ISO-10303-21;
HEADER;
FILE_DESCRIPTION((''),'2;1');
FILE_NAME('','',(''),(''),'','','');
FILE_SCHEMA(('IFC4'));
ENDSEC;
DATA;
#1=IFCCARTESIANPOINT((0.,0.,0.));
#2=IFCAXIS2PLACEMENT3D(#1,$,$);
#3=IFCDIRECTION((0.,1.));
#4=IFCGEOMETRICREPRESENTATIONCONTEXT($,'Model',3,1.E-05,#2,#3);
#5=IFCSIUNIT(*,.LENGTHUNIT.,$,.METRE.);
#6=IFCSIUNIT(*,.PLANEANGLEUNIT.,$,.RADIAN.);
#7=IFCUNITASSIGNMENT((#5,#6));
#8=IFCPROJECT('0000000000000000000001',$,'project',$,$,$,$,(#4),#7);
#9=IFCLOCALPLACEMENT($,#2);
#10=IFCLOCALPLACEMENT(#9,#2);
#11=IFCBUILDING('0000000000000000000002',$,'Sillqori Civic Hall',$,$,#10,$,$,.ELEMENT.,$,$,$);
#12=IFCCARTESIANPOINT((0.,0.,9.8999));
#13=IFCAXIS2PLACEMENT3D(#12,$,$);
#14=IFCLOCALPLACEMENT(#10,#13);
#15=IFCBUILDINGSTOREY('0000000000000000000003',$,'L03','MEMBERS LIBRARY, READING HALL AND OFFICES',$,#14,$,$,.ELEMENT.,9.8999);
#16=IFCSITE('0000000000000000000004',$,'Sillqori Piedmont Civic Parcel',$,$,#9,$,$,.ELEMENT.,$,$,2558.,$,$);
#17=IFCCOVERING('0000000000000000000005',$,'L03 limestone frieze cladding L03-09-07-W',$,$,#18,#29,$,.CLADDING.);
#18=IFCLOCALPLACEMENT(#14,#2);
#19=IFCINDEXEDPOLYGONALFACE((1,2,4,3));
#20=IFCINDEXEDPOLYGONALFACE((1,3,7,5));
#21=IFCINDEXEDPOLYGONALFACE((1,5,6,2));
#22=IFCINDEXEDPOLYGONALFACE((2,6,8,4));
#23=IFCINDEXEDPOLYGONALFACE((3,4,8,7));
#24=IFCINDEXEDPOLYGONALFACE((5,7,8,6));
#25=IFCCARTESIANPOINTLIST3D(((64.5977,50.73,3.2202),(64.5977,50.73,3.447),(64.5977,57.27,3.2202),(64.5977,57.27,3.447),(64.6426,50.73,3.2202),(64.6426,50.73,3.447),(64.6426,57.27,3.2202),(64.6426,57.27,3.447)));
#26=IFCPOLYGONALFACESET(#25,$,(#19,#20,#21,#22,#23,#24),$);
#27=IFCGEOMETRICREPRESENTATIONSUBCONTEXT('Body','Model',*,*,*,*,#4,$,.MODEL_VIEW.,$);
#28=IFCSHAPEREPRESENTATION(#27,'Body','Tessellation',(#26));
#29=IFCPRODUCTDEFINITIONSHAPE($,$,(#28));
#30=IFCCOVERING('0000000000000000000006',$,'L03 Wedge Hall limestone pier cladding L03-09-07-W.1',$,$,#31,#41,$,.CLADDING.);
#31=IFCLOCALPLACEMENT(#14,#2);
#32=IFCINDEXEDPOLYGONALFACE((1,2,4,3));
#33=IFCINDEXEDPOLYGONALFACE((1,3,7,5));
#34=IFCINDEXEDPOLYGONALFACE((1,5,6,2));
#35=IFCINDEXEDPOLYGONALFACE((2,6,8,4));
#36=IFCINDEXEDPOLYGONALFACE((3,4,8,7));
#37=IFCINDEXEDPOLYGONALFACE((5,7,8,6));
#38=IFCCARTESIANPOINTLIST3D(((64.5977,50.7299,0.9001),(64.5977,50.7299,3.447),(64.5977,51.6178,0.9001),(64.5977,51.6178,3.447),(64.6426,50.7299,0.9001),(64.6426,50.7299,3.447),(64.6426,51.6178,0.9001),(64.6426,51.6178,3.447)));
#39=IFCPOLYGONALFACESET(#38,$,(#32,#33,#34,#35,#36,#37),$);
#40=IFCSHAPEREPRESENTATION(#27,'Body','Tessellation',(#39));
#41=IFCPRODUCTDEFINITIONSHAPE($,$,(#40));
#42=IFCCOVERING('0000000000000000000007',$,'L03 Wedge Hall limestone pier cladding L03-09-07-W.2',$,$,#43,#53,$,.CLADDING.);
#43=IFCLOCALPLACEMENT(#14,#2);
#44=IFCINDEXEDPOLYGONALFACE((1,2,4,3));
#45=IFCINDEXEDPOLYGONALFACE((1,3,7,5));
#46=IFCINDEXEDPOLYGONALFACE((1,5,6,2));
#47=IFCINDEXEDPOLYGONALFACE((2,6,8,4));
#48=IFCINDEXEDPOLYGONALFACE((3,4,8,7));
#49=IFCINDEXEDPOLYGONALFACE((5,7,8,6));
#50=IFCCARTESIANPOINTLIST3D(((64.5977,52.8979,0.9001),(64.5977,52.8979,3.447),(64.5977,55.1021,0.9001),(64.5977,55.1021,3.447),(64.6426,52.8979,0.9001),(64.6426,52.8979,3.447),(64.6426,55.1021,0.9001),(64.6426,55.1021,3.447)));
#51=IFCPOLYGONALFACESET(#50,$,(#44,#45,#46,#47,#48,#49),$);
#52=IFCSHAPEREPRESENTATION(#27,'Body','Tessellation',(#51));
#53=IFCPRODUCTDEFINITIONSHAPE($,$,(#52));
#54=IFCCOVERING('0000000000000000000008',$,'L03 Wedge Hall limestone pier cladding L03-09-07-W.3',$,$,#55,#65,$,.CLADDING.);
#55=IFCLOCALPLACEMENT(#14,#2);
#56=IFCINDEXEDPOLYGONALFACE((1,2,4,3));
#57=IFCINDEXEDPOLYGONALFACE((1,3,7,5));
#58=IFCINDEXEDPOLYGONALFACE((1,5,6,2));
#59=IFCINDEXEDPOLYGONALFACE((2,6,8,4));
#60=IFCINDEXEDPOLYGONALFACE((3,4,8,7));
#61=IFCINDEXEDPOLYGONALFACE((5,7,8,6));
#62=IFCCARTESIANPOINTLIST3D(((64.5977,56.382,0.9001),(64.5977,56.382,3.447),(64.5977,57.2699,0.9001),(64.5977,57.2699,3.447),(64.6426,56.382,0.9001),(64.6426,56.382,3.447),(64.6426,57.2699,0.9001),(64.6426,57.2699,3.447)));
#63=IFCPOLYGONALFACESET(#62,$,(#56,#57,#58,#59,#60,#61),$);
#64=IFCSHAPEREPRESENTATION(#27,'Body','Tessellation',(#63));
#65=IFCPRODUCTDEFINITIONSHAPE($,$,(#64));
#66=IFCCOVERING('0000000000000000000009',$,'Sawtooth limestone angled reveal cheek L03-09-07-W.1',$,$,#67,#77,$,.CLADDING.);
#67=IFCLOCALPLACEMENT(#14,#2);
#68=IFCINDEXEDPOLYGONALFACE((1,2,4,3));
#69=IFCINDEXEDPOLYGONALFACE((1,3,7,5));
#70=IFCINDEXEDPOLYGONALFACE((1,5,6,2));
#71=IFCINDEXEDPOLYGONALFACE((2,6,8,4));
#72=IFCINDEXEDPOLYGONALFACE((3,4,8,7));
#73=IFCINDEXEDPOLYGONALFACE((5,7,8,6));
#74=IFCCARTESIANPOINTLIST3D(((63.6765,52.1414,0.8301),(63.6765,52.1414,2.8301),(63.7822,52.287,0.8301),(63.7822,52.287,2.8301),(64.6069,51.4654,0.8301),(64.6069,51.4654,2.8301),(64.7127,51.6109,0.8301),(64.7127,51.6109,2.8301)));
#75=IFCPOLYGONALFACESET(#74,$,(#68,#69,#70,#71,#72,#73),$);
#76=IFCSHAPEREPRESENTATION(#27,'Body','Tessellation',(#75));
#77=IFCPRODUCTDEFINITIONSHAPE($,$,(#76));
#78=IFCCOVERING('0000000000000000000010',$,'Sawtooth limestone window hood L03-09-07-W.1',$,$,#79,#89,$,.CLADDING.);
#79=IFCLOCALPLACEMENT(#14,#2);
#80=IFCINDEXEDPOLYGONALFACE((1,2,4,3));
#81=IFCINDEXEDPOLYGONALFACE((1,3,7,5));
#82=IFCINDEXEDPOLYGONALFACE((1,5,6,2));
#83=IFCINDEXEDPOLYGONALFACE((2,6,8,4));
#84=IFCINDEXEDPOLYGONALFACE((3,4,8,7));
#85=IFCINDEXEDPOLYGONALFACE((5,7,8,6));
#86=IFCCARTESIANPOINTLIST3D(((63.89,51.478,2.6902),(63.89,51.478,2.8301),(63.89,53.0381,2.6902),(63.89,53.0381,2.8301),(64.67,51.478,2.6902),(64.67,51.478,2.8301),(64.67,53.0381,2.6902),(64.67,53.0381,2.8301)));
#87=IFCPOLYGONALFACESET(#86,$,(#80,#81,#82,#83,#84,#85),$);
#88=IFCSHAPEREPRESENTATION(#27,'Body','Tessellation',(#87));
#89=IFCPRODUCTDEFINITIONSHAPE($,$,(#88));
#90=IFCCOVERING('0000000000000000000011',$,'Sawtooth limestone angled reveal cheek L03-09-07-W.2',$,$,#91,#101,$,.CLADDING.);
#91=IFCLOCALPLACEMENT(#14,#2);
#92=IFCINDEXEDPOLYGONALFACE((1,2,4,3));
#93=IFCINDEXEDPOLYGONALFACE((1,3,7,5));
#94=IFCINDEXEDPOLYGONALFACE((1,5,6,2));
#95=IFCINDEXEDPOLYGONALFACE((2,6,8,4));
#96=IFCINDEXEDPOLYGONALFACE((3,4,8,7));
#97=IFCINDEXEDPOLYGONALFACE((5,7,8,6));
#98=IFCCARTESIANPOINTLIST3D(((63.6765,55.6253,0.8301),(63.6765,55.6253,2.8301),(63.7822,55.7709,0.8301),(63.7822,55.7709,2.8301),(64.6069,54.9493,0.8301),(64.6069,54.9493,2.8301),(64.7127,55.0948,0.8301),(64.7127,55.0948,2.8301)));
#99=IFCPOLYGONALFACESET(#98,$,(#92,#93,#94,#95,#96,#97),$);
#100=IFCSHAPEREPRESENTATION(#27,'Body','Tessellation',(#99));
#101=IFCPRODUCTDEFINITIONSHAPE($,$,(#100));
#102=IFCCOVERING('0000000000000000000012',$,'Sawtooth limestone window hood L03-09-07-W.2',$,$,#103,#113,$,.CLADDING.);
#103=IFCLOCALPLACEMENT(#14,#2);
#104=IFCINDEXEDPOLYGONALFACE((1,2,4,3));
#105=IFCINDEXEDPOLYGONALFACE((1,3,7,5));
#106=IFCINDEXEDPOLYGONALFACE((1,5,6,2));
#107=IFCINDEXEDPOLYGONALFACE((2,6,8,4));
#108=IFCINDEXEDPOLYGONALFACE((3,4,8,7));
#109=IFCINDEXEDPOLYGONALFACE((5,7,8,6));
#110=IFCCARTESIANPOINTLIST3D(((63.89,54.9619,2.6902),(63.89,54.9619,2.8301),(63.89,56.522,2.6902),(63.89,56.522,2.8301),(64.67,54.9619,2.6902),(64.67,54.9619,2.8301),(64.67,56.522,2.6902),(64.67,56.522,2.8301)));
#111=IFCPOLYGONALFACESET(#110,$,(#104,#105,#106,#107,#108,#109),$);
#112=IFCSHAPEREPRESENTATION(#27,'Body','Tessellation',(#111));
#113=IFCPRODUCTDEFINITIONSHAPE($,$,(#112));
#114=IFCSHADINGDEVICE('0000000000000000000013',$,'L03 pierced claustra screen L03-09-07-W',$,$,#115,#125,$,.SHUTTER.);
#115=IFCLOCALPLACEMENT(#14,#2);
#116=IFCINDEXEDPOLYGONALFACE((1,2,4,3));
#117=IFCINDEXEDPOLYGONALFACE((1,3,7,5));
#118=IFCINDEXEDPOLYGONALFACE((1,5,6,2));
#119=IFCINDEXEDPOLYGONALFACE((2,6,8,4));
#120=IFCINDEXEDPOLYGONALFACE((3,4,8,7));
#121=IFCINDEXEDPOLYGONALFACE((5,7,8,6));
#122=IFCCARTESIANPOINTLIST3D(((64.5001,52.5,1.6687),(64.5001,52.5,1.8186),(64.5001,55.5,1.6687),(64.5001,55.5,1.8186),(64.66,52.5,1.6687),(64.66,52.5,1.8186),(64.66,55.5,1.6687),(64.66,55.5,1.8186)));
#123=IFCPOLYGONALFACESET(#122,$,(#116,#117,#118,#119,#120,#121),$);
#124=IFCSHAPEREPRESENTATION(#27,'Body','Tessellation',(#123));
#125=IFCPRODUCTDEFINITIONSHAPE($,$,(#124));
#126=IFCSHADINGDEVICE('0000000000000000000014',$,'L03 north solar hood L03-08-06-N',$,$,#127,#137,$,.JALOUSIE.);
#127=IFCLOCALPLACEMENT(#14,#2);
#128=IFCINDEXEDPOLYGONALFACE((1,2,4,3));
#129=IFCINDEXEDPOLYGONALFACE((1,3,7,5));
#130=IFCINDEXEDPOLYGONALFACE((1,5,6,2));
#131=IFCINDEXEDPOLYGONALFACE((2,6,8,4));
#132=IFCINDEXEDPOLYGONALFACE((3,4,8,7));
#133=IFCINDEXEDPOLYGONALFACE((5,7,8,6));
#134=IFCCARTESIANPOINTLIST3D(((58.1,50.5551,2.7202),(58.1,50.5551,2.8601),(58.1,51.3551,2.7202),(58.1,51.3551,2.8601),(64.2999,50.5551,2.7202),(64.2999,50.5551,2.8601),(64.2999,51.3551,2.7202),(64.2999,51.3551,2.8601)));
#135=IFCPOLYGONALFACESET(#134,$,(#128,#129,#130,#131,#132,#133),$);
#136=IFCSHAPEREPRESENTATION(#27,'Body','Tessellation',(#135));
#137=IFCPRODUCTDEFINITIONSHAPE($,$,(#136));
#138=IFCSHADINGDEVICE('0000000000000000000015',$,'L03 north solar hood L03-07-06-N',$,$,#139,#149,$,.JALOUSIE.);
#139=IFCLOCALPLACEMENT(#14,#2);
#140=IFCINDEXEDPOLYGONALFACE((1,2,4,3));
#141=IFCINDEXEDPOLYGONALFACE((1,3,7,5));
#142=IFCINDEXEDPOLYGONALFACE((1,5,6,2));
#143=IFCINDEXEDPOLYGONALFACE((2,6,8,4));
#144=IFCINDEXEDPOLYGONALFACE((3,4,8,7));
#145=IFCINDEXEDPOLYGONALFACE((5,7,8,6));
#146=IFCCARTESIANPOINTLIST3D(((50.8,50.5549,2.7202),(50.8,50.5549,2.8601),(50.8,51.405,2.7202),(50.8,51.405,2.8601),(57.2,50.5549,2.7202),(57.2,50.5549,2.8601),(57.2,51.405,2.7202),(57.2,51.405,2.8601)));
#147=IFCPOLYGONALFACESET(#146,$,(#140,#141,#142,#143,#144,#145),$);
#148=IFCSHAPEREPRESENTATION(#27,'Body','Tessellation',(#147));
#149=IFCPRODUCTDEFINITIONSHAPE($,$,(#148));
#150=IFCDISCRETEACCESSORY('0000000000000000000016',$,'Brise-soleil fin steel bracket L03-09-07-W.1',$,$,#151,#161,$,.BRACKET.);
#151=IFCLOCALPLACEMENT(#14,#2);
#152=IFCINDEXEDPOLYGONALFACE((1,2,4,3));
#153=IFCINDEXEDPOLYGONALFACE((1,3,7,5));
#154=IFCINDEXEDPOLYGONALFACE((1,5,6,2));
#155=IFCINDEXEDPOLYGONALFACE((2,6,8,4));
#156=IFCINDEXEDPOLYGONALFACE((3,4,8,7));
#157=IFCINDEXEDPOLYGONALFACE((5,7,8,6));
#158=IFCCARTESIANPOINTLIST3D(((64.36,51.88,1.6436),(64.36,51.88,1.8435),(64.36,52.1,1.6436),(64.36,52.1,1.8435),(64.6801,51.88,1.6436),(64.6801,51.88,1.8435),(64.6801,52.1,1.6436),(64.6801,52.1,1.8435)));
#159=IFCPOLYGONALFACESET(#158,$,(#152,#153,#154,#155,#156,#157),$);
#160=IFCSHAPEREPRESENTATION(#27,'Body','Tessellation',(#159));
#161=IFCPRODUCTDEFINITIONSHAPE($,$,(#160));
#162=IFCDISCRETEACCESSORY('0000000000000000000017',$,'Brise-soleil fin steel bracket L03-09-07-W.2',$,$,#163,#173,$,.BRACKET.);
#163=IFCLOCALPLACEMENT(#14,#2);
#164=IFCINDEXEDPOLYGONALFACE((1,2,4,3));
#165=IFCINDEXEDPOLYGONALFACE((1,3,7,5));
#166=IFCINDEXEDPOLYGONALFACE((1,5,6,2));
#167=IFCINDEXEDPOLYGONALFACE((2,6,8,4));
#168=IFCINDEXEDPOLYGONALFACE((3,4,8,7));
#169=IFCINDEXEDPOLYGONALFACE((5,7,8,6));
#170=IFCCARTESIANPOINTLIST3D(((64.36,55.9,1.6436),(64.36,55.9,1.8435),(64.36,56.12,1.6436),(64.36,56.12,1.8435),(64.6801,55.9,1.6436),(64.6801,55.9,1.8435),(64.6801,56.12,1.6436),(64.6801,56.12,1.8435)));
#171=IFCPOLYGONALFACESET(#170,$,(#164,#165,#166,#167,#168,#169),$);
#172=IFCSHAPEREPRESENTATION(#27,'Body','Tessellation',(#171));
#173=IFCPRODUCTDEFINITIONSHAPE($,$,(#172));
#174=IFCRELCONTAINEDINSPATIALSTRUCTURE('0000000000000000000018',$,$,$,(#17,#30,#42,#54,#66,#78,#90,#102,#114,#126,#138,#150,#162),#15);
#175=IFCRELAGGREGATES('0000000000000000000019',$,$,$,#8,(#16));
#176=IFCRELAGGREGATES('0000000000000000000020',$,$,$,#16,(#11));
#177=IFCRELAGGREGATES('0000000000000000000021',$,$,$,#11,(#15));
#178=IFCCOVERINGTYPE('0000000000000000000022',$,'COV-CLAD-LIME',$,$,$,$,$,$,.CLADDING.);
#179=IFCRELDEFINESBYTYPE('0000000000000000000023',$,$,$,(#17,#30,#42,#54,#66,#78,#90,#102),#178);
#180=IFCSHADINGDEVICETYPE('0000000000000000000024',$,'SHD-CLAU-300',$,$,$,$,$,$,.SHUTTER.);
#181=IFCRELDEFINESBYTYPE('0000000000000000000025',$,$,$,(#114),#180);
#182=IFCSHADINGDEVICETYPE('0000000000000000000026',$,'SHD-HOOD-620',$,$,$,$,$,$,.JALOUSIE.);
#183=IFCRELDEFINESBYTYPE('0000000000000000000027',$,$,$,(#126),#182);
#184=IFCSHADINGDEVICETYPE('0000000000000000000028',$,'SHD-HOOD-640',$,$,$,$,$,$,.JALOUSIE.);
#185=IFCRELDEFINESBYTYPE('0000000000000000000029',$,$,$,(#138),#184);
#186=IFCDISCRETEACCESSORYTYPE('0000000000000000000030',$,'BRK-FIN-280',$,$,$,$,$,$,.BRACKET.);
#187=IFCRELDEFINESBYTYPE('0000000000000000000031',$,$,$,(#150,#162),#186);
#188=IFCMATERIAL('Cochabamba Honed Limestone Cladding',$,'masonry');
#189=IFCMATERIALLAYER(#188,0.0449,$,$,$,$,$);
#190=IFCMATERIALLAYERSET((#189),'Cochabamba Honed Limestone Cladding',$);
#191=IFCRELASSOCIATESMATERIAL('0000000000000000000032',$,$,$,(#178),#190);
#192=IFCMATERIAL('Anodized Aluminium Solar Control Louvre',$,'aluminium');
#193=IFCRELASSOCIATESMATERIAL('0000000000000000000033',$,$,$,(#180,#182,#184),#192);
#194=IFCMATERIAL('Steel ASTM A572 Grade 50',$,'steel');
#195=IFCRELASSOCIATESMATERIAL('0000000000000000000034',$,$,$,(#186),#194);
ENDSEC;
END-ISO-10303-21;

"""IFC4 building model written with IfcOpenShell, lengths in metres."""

from ifc_helpers import new_model, si_unit, direction, frame, frame_2d, origin, origin_2d, place, context, subcontext, project, spatial, rectangle, extrude, material, layer, layer_set, type_object, element, save


model = new_model("IFC4")

# Units and contexts
model_context = context("Model", 3, precision=1e-05, world=origin(), true_north=direction((0.0, 1.0)))
body_context = subcontext(model_context, "Body", "Model", "MODEL_VIEW")
ifc_project = project(units=[si_unit("LENGTHUNIT", "METRE"), si_unit("PLANEANGLEUNIT", "RADIAN")], contexts=[model_context])

# Site, building, storey
site_placement = place(None, origin())
site = spatial("IfcSite", under=ifc_project, at=site_placement, Name="Sillqori Piedmont Civic Parcel", CompositionType="ELEMENT", RefElevation=2558.0)
building_placement = place(site_placement, origin())
building = spatial("IfcBuilding", under=site, at=building_placement, Name="Sillqori Civic Hall", CompositionType="ELEMENT")
storey_placement = place(building_placement, frame((0.0, 0.0, 9.8999)))
storey = spatial("IfcBuildingStorey", under=building, at=storey_placement, Name="L03", Description="MEMBERS LIBRARY, READING HALL AND OFFICES", CompositionType="ELEMENT", Elevation=9.8999)

# Coverings
ifc_material_1 = material(Name="Cochabamba Honed Limestone Cladding", Category="masonry")
ifc_layer_1 = layer(ifc_material_1, 0.0449)
ifc_layer_set_1 = layer_set([ifc_layer_1], Name="Cochabamba Honed Limestone Cladding")
covering_type = type_object("IfcCoveringType", Name="COV-CLAD-LIME", PredefinedType="CLADDING", material=ifc_layer_set_1)
covering_1_placement = place(storey_placement, frame((64.6201, 50.73, 3.2202), z_axis=(0.0, 0.0, 1.0), x_axis=(0.0, 1.0, 0.0)))
element("IfcCovering", 1, at=covering_1_placement, inside=storey, type_object=covering_type, Name="L03 limestone frieze cladding L03-09-07-W", PredefinedType="CLADDING", context=body_context, shape_type="SweptSolid", body=[
    extrude(rectangle(XDim=6.54, YDim=0.0449, at=frame_2d((3.27, 0.0))), origin(), (0.0, 0.0, 1.0), 0.2268),
])
covering_2_placement = place(storey_placement, frame((64.6201, 50.73, 0.9001), z_axis=(0.0, 0.0, 1.0), x_axis=(0.0, 1.0, 0.0)))
element("IfcCovering", 2, at=covering_2_placement, inside=storey, type_object=covering_type, Name="L03 Wedge Hall limestone pier cladding L03-09-07-W.1", PredefinedType="CLADDING", context=body_context, shape_type="SweptSolid", body=[
    extrude(rectangle(XDim=0.8879, YDim=0.0449, at=frame_2d((0.4438, 0.0))), origin(), (0.0, 0.0, 1.0), 2.5469),
])
covering_3_placement = place(storey_placement, frame((64.6201, 52.8979, 0.9001), z_axis=(0.0, 0.0, 1.0), x_axis=(0.0, 1.0, 0.0)))
element("IfcCovering", 3, at=covering_3_placement, inside=storey, type_object=covering_type, Name="L03 Wedge Hall limestone pier cladding L03-09-07-W.2", PredefinedType="CLADDING", context=body_context, shape_type="SweptSolid", body=[
    extrude(rectangle(XDim=2.2041, YDim=0.0449, at=frame_2d((1.1021, 0.0))), origin(), (0.0, 0.0, 1.0), 2.5469),
])
covering_4_placement = place(storey_placement, frame((64.6201, 56.3821, 0.9001), z_axis=(0.0, 0.0, 1.0), x_axis=(0.0, 1.0, 0.0)))
element("IfcCovering", 4, at=covering_4_placement, inside=storey, type_object=covering_type, Name="L03 Wedge Hall limestone pier cladding L03-09-07-W.3", PredefinedType="CLADDING", context=body_context, shape_type="SweptSolid", body=[
    extrude(rectangle(XDim=0.8879, YDim=0.0449, at=frame_2d((0.4438, 0.0))), origin(), (0.0, 0.0, 1.0), 2.5469),
])
covering_5_placement = place(storey_placement, frame((64.6599, 51.5381, 0.8301), z_axis=(0.0, 0.0, 1.0), x_axis=(-0.809002, 0.587806, 0.0)))
element("IfcCovering", 5, at=covering_5_placement, inside=storey, type_object=covering_type, Name="Sawtooth limestone angled reveal cheek L03-09-07-W.1", PredefinedType="CLADDING", context=body_context, shape_type="SweptSolid", body=[
    extrude(rectangle(XDim=1.1501, YDim=0.1799, at=frame_2d((0.5752, 0.0))), origin(), (0.0, 0.0, 1.0), 2.0),
])
covering_6_placement = place(storey_placement, frame((64.28, 51.478, 2.6902), z_axis=(0.0, 0.0, 1.0), x_axis=(0.0, 1.0, 0.0)))
element("IfcCovering", 6, at=covering_6_placement, inside=storey, type_object=covering_type, Name="Sawtooth limestone window hood L03-09-07-W.1", PredefinedType="CLADDING", context=body_context, shape_type="SweptSolid", body=[
    extrude(rectangle(XDim=1.5601, YDim=0.78, at=frame_2d((0.78, 0.0))), origin(), (0.0, 0.0, 1.0), 0.1399),
])
covering_7_placement = place(storey_placement, frame((64.6599, 55.022, 0.8301), z_axis=(0.0, 0.0, 1.0), x_axis=(-0.809002, 0.587806, 0.0)))
element("IfcCovering", 7, at=covering_7_placement, inside=storey, type_object=covering_type, Name="Sawtooth limestone angled reveal cheek L03-09-07-W.2", PredefinedType="CLADDING", context=body_context, shape_type="SweptSolid", body=[
    extrude(rectangle(XDim=1.1501, YDim=0.1799, at=frame_2d((0.5752, 0.0))), origin(), (0.0, 0.0, 1.0), 2.0),
])
covering_8_placement = place(storey_placement, frame((64.28, 54.9619, 2.6902), z_axis=(0.0, 0.0, 1.0), x_axis=(0.0, 1.0, 0.0)))
element("IfcCovering", 8, at=covering_8_placement, inside=storey, type_object=covering_type, Name="Sawtooth limestone window hood L03-09-07-W.2", PredefinedType="CLADDING", context=body_context, shape_type="SweptSolid", body=[
    extrude(rectangle(XDim=1.5601, YDim=0.78, at=frame_2d((0.78, 0.0))), origin(), (0.0, 0.0, 1.0), 0.1399),
])

# Shading devices
ifc_material_2 = material(Name="Anodized Aluminium Solar Control Louvre", Category="aluminium")
shading_device_type_1 = type_object("IfcShadingDeviceType", Name="SHD-CLAU-300", PredefinedType="SHUTTER", material=ifc_material_2)
shading_device_1_placement = place(storey_placement, frame((64.5801, 54.0, 1.6687), z_axis=(0.0, 0.0, 1.0), x_axis=(0.0, 1.0, 0.0)))
element("IfcShadingDevice", 9, at=shading_device_1_placement, inside=storey, type_object=shading_device_type_1, Name="L03 pierced claustra screen L03-09-07-W", PredefinedType="SHUTTER", context=body_context, shape_type="SweptSolid", body=[
    extrude(rectangle(XDim=3.0, YDim=0.1599, at=origin_2d()), origin(), (0.0, 0.0, 1.0), 0.1499),
])
shading_device_type_2 = type_object("IfcShadingDeviceType", Name="SHD-HOOD-620", PredefinedType="JALOUSIE", material=ifc_material_2)
shading_device_2_placement = place(storey_placement, frame((61.2, 50.9551, 2.7202), z_axis=(0.0, 0.0, 1.0), x_axis=(1.0, 0.0, 0.0)))
element("IfcShadingDevice", 10, at=shading_device_2_placement, inside=storey, type_object=shading_device_type_2, Name="L03 north solar hood L03-08-06-N", PredefinedType="JALOUSIE", context=body_context, shape_type="SweptSolid", body=[
    extrude(rectangle(XDim=6.2, YDim=0.8, at=origin_2d()), origin(), (0.0, 0.0, 1.0), 0.1399),
])
shading_device_type_3 = type_object("IfcShadingDeviceType", Name="SHD-HOOD-640", PredefinedType="JALOUSIE", material=ifc_material_2)
shading_device_3_placement = place(storey_placement, frame((54.0, 50.98, 2.7202), z_axis=(0.0, 0.0, 1.0), x_axis=(1.0, 0.0, 0.0)))
element("IfcShadingDevice", 11, at=shading_device_3_placement, inside=storey, type_object=shading_device_type_3, Name="L03 north solar hood L03-07-06-N", PredefinedType="JALOUSIE", context=body_context, shape_type="SweptSolid", body=[
    extrude(rectangle(XDim=6.3999, YDim=0.8501, at=origin_2d()), origin(), (0.0, 0.0, 1.0), 0.1399),
])

# Discrete accessories
ifc_material_3 = material(Name="Steel ASTM A572 Grade 50", Category="steel")
discrete_accessory_type = type_object("IfcDiscreteAccessoryType", Name="BRK-FIN-280", PredefinedType="BRACKET", material=ifc_material_3)
for number, where, z_axis, x_axis, name in (
    (12, (64.52, 51.99, 1.6436), (0.0, 0.0, 1.0), (0.0, 1.0, 0.0), "Brise-soleil fin steel bracket L03-09-07-W.1"),
    (13, (64.52, 56.01, 1.6436), (0.0, 0.0, 1.0), (0.0, 1.0, 0.0), "Brise-soleil fin steel bracket L03-09-07-W.2"),
):
    element("IfcDiscreteAccessory", number, at=place(storey_placement, frame(where, z_axis=z_axis, x_axis=x_axis)), inside=storey, type_object=discrete_accessory_type, Name=name, PredefinedType="BRACKET", context=body_context, shape_type="SweptSolid", body=[
        extrude(rectangle(XDim=0.22, YDim=0.3201, at=origin_2d()), origin(), (0.0, 0.0, 1.0), 0.2),
    ])

save(model, "model.ifc")
